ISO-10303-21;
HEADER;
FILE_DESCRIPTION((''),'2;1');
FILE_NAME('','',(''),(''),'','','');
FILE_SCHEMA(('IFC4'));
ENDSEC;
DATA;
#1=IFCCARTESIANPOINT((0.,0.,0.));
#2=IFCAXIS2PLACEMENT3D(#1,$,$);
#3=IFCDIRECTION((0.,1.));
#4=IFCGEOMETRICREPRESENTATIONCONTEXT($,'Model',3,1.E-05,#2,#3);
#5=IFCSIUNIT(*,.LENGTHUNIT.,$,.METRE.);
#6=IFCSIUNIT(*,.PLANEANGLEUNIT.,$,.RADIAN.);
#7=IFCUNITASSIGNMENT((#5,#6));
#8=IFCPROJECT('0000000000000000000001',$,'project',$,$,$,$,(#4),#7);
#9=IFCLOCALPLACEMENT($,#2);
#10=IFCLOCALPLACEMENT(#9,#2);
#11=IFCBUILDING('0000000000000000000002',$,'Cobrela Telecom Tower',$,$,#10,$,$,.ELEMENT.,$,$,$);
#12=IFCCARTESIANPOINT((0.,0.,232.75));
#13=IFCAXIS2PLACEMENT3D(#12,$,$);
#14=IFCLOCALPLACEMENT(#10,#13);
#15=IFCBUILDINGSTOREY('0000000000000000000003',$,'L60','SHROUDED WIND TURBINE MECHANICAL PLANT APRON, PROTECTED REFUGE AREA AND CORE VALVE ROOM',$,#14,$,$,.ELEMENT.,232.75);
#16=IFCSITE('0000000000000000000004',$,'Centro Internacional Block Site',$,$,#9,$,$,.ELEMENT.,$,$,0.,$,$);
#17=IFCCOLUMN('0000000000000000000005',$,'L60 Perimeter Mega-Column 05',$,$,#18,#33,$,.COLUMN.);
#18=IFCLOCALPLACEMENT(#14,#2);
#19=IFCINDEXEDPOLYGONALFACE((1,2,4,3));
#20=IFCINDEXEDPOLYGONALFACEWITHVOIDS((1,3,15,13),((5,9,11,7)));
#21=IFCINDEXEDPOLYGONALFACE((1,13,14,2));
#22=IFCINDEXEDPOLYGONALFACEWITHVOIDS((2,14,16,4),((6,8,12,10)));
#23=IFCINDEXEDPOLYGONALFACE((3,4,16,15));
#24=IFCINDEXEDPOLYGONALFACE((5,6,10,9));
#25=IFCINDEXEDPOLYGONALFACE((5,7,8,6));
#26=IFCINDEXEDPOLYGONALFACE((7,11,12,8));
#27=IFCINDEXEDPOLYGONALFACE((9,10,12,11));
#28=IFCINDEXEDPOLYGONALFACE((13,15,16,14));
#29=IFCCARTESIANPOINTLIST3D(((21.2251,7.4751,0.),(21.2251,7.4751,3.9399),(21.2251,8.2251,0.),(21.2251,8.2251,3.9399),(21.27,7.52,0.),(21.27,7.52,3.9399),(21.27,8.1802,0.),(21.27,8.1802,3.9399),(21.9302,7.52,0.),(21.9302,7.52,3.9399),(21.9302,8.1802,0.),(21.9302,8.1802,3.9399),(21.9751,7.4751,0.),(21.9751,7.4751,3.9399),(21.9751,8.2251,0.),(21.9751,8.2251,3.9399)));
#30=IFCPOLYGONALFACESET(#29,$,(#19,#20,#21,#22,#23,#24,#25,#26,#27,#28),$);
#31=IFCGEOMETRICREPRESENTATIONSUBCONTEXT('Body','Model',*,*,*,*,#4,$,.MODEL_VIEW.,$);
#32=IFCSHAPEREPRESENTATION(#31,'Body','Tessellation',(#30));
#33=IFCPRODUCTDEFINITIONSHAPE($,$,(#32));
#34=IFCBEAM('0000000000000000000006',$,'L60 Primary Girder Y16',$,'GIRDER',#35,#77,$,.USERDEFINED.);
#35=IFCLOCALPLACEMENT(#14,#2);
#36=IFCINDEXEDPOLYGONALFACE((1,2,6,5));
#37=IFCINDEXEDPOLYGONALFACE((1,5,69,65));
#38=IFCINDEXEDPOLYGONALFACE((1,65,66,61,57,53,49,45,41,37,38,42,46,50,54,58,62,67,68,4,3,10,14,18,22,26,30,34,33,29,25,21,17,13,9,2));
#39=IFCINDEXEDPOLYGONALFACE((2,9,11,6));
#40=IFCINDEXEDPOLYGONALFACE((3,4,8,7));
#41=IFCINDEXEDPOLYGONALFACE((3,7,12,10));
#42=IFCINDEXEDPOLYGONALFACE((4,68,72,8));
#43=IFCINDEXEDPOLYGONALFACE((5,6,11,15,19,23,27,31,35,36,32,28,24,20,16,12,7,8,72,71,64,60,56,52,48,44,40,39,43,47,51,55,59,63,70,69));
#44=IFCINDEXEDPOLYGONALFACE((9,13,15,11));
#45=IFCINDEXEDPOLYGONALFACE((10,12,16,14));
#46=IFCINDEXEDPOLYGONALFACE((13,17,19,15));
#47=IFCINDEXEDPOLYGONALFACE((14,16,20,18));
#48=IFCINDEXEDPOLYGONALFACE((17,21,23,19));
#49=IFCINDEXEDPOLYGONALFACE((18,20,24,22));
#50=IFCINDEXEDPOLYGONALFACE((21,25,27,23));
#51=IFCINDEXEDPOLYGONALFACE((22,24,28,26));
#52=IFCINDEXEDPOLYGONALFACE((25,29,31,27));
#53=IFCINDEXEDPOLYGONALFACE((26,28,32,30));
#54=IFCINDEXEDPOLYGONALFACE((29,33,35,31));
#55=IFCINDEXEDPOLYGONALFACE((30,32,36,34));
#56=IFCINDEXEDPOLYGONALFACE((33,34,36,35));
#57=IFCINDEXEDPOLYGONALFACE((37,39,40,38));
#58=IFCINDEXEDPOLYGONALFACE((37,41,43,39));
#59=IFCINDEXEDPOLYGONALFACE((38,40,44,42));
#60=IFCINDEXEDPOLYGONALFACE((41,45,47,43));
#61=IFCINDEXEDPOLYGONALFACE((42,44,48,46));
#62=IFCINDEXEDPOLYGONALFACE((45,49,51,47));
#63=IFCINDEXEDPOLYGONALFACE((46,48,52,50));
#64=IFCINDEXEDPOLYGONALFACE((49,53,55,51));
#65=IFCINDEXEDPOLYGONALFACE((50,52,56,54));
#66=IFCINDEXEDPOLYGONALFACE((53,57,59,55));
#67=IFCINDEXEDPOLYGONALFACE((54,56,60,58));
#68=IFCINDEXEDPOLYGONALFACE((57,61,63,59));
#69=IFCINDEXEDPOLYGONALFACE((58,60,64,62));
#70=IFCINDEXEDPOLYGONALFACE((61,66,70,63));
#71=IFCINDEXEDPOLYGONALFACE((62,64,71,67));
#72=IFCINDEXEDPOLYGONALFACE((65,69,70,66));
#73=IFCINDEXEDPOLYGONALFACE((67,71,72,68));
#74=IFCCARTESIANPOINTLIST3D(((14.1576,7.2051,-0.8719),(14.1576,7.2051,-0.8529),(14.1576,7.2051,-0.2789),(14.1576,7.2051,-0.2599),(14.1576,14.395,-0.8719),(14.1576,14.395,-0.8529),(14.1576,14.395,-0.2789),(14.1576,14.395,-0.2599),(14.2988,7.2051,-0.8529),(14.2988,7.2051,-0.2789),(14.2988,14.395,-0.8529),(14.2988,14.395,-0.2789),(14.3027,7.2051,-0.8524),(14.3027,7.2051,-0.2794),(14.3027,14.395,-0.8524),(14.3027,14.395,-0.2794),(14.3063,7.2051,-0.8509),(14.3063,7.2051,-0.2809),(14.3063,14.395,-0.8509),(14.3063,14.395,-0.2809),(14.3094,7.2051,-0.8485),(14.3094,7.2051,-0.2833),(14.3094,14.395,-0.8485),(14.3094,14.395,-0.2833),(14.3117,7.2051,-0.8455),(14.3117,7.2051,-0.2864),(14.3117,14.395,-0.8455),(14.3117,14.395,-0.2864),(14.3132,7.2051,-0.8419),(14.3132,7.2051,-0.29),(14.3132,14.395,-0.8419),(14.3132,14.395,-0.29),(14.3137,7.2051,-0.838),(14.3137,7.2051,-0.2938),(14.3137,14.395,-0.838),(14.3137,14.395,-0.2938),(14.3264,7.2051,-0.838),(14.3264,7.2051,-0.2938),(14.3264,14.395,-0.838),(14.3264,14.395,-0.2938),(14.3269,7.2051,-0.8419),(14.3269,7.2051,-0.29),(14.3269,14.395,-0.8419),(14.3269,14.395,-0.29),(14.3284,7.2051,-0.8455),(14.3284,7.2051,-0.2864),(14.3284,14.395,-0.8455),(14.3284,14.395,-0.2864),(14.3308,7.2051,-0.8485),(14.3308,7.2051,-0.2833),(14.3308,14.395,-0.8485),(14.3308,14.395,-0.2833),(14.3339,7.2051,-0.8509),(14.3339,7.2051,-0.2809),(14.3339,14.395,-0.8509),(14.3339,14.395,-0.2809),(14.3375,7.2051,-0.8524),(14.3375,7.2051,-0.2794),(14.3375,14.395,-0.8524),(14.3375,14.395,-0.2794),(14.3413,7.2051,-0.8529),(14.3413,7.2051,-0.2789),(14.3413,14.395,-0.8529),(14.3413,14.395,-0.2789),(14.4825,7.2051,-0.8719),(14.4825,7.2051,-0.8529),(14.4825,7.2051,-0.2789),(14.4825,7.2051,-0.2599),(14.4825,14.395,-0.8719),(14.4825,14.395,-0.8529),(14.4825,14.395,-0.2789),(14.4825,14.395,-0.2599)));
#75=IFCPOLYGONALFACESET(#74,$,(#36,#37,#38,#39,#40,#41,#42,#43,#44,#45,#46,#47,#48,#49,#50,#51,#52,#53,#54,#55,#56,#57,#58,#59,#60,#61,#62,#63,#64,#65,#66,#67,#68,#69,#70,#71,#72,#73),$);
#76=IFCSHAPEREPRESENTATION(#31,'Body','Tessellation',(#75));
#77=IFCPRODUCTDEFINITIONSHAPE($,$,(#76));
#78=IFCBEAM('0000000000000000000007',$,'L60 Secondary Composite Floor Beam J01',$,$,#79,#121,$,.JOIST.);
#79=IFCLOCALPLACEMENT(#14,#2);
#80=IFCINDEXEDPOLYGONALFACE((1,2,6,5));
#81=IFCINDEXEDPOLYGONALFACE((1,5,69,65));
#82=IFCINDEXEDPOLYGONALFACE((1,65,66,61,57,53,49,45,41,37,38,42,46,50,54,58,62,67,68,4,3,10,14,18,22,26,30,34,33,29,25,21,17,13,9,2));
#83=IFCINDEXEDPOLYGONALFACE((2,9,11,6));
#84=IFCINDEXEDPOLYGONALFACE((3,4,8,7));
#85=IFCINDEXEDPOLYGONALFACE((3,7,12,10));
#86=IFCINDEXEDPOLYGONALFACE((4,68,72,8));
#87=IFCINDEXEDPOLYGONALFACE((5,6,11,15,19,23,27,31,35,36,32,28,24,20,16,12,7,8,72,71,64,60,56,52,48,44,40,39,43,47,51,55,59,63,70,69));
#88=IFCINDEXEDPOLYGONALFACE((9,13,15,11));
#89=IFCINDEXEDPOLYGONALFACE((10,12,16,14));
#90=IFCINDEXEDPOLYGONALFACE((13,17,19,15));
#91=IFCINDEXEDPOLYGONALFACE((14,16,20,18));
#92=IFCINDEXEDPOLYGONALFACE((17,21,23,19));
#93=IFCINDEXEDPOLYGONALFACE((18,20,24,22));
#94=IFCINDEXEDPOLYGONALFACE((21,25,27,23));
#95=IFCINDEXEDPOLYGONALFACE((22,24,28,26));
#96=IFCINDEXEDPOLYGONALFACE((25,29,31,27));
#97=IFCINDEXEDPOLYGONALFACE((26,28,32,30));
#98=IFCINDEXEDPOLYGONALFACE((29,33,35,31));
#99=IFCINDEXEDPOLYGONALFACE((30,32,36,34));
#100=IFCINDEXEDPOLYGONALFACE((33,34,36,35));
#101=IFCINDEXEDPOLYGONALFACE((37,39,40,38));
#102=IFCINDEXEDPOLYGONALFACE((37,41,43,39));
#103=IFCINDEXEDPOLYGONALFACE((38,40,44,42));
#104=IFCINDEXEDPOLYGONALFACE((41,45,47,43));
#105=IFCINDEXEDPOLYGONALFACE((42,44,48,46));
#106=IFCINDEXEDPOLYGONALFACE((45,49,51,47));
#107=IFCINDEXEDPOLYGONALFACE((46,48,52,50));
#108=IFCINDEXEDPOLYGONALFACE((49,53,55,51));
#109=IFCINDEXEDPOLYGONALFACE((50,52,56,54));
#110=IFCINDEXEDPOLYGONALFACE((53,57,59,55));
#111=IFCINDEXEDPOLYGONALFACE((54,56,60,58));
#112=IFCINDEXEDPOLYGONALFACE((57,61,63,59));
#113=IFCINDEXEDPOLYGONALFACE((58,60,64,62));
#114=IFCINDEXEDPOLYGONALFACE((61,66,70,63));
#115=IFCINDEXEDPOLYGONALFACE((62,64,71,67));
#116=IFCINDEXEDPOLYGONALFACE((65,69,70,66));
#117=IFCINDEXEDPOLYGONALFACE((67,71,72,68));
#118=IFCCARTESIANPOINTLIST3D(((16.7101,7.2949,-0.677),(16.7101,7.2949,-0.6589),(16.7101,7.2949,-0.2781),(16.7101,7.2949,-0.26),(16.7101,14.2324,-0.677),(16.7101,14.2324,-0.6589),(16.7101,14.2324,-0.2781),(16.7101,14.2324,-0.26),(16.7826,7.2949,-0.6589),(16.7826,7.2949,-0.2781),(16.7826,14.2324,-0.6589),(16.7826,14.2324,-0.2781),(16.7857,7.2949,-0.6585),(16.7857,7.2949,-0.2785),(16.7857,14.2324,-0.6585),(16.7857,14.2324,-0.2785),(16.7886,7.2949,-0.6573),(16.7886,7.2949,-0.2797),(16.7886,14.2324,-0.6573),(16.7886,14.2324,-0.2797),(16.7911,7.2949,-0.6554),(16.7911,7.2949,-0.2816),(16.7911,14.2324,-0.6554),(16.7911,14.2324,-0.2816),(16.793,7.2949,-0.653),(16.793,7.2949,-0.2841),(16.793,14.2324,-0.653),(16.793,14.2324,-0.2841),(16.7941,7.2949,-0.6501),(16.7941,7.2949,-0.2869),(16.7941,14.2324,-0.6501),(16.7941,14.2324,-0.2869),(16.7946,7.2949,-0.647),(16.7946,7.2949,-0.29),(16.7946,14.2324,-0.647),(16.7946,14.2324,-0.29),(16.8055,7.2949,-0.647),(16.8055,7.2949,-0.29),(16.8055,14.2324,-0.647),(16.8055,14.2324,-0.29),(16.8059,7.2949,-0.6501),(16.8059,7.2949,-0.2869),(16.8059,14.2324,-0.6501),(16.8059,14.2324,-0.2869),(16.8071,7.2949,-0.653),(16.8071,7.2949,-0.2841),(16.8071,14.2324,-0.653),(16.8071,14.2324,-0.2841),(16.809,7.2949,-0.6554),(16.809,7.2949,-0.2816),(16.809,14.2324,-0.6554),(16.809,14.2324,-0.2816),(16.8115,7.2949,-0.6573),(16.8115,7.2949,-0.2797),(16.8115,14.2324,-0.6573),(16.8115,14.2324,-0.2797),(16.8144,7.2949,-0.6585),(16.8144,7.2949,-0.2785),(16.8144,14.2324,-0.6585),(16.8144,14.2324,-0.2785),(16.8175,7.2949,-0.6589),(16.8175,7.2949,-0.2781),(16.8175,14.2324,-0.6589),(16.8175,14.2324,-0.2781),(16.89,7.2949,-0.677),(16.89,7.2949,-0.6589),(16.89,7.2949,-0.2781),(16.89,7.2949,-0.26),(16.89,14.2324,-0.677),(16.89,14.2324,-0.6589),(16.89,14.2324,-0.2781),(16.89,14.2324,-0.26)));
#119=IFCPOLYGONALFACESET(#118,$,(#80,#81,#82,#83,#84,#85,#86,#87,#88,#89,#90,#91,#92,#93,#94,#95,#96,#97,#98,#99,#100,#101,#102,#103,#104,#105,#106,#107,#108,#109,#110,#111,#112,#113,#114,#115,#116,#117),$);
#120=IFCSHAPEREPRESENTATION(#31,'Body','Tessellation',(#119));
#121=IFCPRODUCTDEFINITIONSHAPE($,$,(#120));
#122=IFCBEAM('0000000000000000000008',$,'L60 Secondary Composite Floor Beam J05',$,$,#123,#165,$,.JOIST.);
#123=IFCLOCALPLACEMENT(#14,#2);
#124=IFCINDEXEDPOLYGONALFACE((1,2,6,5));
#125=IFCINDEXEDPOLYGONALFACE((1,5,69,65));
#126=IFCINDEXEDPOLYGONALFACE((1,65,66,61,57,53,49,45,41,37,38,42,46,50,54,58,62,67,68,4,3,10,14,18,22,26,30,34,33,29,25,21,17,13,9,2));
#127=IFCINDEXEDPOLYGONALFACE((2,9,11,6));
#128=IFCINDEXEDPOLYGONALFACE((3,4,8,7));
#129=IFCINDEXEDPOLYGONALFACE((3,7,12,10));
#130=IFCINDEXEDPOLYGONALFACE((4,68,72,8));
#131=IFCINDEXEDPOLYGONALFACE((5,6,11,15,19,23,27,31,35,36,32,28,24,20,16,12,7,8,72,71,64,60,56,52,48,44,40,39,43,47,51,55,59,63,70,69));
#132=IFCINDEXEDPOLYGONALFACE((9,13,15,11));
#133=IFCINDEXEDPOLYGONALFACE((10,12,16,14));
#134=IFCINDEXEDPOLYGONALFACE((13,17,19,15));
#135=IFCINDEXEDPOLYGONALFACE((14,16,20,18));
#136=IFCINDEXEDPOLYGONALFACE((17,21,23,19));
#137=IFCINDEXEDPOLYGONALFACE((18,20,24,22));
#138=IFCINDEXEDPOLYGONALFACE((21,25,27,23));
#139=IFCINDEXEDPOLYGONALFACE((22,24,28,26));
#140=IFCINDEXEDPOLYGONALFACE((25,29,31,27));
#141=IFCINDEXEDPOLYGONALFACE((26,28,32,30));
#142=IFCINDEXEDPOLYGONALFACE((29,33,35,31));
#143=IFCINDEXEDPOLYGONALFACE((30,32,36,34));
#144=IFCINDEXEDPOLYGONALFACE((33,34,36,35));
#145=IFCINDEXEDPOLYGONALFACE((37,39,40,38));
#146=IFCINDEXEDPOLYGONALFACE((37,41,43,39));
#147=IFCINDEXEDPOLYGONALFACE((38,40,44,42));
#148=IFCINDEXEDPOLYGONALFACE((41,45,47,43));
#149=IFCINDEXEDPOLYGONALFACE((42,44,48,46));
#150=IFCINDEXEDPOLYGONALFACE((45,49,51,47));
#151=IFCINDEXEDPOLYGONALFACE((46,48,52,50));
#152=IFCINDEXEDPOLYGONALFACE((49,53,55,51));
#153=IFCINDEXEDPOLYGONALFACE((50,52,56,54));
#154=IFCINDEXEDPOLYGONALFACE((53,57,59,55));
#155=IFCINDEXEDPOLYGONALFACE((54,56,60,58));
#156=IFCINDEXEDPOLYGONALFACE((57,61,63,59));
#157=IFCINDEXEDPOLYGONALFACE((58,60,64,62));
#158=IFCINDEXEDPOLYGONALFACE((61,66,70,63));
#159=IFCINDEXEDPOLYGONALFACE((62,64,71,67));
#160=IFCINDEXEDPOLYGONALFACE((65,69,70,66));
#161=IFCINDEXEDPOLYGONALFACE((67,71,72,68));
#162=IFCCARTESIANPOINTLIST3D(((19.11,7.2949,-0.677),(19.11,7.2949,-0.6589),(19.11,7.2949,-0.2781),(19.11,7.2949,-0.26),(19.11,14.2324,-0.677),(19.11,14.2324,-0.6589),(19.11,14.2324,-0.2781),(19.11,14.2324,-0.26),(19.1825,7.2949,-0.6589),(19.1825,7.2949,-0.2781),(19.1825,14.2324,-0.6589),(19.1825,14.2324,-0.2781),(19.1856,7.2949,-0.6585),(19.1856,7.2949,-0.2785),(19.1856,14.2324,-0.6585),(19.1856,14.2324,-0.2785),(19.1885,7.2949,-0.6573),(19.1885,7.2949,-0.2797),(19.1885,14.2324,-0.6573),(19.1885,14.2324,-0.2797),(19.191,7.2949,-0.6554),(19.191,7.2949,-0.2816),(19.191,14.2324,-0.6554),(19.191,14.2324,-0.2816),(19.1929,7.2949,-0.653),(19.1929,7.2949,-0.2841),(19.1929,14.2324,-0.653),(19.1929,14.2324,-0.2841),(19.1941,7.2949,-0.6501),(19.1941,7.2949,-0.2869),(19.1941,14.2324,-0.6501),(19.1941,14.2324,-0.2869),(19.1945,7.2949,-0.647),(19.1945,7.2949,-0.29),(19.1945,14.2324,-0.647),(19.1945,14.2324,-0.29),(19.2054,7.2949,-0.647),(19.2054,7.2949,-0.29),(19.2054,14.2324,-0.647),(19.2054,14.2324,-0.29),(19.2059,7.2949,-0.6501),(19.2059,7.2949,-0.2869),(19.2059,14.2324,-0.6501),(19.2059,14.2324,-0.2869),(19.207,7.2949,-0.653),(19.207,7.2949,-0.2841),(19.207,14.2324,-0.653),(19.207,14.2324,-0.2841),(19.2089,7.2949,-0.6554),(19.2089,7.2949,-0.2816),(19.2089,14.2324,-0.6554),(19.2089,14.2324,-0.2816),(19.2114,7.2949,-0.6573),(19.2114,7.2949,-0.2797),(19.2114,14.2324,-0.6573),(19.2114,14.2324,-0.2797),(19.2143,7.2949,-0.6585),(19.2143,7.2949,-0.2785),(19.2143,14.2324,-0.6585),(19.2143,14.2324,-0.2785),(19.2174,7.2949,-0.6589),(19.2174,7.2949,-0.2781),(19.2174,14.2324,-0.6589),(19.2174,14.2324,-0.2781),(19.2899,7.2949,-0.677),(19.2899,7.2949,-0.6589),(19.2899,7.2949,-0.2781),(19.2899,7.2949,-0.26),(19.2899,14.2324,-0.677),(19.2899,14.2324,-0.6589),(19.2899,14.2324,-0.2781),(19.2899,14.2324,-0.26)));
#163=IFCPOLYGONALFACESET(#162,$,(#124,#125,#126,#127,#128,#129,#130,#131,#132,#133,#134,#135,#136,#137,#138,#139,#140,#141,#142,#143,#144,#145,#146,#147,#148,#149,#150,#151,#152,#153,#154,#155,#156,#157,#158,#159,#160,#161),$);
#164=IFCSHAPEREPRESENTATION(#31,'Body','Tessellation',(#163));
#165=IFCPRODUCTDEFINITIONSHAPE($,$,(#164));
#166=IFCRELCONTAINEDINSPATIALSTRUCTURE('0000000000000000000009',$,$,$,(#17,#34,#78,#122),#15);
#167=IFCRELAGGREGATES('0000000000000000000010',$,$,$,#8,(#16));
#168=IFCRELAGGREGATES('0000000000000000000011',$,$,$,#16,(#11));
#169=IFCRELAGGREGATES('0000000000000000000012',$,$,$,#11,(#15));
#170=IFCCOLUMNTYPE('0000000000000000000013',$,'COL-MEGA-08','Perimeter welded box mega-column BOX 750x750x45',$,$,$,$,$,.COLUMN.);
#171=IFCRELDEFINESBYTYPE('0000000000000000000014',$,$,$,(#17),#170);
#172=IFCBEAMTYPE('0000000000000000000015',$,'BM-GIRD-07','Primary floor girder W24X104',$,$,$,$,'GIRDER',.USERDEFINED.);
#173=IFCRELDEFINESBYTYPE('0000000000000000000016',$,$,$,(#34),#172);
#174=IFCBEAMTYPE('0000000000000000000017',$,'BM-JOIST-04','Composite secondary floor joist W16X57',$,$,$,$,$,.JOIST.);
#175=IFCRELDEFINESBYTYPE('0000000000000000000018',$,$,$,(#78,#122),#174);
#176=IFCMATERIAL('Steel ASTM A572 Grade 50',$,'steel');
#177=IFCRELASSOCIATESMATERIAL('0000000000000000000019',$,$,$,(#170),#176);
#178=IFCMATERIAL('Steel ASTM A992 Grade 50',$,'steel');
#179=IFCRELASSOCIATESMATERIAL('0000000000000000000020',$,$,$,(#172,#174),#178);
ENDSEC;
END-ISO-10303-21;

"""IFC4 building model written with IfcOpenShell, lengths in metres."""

from ifc_helpers import new_model, si_unit, direction, frame, origin, origin_2d, place, context, subcontext, project, spatial, hollow_rectangle, i_section, extrude, material, material_profile, profile_set, type_object, element, save


model = new_model("IFC4")

# Units and contexts
model_context = context("Model", 3, precision=1e-05, world=origin(), true_north=direction((0.0, 1.0)))
body_context = subcontext(model_context, "Body", "Model", "MODEL_VIEW")
ifc_project = project(units=[si_unit("LENGTHUNIT", "METRE"), si_unit("PLANEANGLEUNIT", "RADIAN")], contexts=[model_context])

# Site, building, storey
site_placement = place(None, origin())
site = spatial("IfcSite", under=ifc_project, at=site_placement, Name="Centro Internacional Block Site", CompositionType="ELEMENT", RefElevation=0.0)
building_placement = place(site_placement, origin())
building = spatial("IfcBuilding", under=site, at=building_placement, Name="Cobrela Telecom Tower", CompositionType="ELEMENT")
storey_placement = place(building_placement, frame((0.0, 0.0, 232.75)))
storey = spatial("IfcBuildingStorey", under=building, at=storey_placement, Name="L60", Description="SHROUDED WIND TURBINE MECHANICAL PLANT APRON, PROTECTED REFUGE AREA AND CORE VALVE ROOM", CompositionType="ELEMENT", Elevation=232.75)

# Column
ifc_material_1 = material(Name="Steel ASTM A572 Grade 50", Category="steel")
ifc_material_profile_1 = material_profile(ifc_material_1, hollow_rectangle(XDim=0.75, YDim=0.75, WallThickness=0.0449, at=origin_2d()), Name="BOX 750x750x45")
ifc_profile_set_1 = profile_set([ifc_material_profile_1], Name="Steel ASTM A572 Grade 50")
column_type = type_object("IfcColumnType", Name="COL-MEGA-08", Description="Perimeter welded box mega-column BOX 750x750x45", PredefinedType="COLUMN", material=ifc_profile_set_1)
column_placement = place(storey_placement, frame((21.6001, 7.8501, 0.0), z_axis=(0.0, 0.0, 1.0), x_axis=(1.0, 0.0, 0.0)))
element("IfcColumn", 1, at=column_placement, inside=storey, type_object=column_type, Name="L60 Perimeter Mega-Column 05", PredefinedType="COLUMN", context=body_context, shape_type="SweptSolid", body=[
    extrude(hollow_rectangle(XDim=0.75, YDim=0.75, WallThickness=0.0449, at=origin_2d()), origin(), (0.0, 0.0, 1.0), 3.9399),
])

# Beams
ifc_material_2 = material(Name="Steel ASTM A992 Grade 50", Category="steel")
ifc_material_profile_2 = material_profile(ifc_material_2, i_section(OverallWidth=0.325, OverallDepth=0.6121, WebThickness=0.0127, FlangeThickness=0.019, FilletRadius=0.0149, at=origin_2d()), Name="W24X104")
ifc_profile_set_2 = profile_set([ifc_material_profile_2], Name="Steel ASTM A992 Grade 50")
beam_type_1 = type_object("IfcBeamType", Name="BM-GIRD-07", Description="Primary floor girder W24X104", ElementType="GIRDER", PredefinedType="USERDEFINED", material=ifc_profile_set_2)
beam_1_placement = place(storey_placement, frame((14.3201, 7.2051, -0.5659), z_axis=(0.0, 1.0, 0.0), x_axis=(-1.0, 0.0, 0.0)))
element("IfcBeam", 2, at=beam_1_placement, inside=storey, type_object=beam_type_1, Name="L60 Primary Girder Y16", ObjectType="GIRDER", PredefinedType="USERDEFINED", context=body_context, shape_type="SweptSolid", body=[
    extrude(i_section(OverallWidth=0.325, OverallDepth=0.6121, WebThickness=0.0127, FlangeThickness=0.019, FilletRadius=0.0149, at=origin_2d()), origin(), (0.0, 0.0, 1.0), 7.1899),
])
ifc_material_profile_3 = material_profile(ifc_material_2, i_section(OverallWidth=0.1799, OverallDepth=0.417, WebThickness=0.011, FlangeThickness=0.0181, FilletRadius=0.012, at=origin_2d()), Name="W16X57")
ifc_profile_set_3 = profile_set([ifc_material_profile_3], Name="Steel ASTM A992 Grade 50")
beam_type_2 = type_object("IfcBeamType", Name="BM-JOIST-04", Description="Composite secondary floor joist W16X57", PredefinedType="JOIST", material=ifc_profile_set_3)
for number, where, z_axis, x_axis, name in (
    (3, (16.8, 7.2949, -0.4685), (0.0, 1.0, 0.0), (-1.0, 0.0, 0.0), "L60 Secondary Composite Floor Beam J01"),
    (4, (19.2, 7.2949, -0.4685), (0.0, 1.0, 0.0), (-1.0, 0.0, 0.0), "L60 Secondary Composite Floor Beam J05"),
):
    element("IfcBeam", number, at=place(storey_placement, frame(where, z_axis=z_axis, x_axis=x_axis)), inside=storey, type_object=beam_type_2, Name=name, PredefinedType="JOIST", context=body_context, shape_type="SweptSolid", body=[
        extrude(i_section(OverallWidth=0.1799, OverallDepth=0.417, WebThickness=0.011, FlangeThickness=0.0181, FilletRadius=0.012, at=origin_2d()), origin(), (0.0, 0.0, 1.0), 6.9375),
    ])

save(model, "model.ifc")
